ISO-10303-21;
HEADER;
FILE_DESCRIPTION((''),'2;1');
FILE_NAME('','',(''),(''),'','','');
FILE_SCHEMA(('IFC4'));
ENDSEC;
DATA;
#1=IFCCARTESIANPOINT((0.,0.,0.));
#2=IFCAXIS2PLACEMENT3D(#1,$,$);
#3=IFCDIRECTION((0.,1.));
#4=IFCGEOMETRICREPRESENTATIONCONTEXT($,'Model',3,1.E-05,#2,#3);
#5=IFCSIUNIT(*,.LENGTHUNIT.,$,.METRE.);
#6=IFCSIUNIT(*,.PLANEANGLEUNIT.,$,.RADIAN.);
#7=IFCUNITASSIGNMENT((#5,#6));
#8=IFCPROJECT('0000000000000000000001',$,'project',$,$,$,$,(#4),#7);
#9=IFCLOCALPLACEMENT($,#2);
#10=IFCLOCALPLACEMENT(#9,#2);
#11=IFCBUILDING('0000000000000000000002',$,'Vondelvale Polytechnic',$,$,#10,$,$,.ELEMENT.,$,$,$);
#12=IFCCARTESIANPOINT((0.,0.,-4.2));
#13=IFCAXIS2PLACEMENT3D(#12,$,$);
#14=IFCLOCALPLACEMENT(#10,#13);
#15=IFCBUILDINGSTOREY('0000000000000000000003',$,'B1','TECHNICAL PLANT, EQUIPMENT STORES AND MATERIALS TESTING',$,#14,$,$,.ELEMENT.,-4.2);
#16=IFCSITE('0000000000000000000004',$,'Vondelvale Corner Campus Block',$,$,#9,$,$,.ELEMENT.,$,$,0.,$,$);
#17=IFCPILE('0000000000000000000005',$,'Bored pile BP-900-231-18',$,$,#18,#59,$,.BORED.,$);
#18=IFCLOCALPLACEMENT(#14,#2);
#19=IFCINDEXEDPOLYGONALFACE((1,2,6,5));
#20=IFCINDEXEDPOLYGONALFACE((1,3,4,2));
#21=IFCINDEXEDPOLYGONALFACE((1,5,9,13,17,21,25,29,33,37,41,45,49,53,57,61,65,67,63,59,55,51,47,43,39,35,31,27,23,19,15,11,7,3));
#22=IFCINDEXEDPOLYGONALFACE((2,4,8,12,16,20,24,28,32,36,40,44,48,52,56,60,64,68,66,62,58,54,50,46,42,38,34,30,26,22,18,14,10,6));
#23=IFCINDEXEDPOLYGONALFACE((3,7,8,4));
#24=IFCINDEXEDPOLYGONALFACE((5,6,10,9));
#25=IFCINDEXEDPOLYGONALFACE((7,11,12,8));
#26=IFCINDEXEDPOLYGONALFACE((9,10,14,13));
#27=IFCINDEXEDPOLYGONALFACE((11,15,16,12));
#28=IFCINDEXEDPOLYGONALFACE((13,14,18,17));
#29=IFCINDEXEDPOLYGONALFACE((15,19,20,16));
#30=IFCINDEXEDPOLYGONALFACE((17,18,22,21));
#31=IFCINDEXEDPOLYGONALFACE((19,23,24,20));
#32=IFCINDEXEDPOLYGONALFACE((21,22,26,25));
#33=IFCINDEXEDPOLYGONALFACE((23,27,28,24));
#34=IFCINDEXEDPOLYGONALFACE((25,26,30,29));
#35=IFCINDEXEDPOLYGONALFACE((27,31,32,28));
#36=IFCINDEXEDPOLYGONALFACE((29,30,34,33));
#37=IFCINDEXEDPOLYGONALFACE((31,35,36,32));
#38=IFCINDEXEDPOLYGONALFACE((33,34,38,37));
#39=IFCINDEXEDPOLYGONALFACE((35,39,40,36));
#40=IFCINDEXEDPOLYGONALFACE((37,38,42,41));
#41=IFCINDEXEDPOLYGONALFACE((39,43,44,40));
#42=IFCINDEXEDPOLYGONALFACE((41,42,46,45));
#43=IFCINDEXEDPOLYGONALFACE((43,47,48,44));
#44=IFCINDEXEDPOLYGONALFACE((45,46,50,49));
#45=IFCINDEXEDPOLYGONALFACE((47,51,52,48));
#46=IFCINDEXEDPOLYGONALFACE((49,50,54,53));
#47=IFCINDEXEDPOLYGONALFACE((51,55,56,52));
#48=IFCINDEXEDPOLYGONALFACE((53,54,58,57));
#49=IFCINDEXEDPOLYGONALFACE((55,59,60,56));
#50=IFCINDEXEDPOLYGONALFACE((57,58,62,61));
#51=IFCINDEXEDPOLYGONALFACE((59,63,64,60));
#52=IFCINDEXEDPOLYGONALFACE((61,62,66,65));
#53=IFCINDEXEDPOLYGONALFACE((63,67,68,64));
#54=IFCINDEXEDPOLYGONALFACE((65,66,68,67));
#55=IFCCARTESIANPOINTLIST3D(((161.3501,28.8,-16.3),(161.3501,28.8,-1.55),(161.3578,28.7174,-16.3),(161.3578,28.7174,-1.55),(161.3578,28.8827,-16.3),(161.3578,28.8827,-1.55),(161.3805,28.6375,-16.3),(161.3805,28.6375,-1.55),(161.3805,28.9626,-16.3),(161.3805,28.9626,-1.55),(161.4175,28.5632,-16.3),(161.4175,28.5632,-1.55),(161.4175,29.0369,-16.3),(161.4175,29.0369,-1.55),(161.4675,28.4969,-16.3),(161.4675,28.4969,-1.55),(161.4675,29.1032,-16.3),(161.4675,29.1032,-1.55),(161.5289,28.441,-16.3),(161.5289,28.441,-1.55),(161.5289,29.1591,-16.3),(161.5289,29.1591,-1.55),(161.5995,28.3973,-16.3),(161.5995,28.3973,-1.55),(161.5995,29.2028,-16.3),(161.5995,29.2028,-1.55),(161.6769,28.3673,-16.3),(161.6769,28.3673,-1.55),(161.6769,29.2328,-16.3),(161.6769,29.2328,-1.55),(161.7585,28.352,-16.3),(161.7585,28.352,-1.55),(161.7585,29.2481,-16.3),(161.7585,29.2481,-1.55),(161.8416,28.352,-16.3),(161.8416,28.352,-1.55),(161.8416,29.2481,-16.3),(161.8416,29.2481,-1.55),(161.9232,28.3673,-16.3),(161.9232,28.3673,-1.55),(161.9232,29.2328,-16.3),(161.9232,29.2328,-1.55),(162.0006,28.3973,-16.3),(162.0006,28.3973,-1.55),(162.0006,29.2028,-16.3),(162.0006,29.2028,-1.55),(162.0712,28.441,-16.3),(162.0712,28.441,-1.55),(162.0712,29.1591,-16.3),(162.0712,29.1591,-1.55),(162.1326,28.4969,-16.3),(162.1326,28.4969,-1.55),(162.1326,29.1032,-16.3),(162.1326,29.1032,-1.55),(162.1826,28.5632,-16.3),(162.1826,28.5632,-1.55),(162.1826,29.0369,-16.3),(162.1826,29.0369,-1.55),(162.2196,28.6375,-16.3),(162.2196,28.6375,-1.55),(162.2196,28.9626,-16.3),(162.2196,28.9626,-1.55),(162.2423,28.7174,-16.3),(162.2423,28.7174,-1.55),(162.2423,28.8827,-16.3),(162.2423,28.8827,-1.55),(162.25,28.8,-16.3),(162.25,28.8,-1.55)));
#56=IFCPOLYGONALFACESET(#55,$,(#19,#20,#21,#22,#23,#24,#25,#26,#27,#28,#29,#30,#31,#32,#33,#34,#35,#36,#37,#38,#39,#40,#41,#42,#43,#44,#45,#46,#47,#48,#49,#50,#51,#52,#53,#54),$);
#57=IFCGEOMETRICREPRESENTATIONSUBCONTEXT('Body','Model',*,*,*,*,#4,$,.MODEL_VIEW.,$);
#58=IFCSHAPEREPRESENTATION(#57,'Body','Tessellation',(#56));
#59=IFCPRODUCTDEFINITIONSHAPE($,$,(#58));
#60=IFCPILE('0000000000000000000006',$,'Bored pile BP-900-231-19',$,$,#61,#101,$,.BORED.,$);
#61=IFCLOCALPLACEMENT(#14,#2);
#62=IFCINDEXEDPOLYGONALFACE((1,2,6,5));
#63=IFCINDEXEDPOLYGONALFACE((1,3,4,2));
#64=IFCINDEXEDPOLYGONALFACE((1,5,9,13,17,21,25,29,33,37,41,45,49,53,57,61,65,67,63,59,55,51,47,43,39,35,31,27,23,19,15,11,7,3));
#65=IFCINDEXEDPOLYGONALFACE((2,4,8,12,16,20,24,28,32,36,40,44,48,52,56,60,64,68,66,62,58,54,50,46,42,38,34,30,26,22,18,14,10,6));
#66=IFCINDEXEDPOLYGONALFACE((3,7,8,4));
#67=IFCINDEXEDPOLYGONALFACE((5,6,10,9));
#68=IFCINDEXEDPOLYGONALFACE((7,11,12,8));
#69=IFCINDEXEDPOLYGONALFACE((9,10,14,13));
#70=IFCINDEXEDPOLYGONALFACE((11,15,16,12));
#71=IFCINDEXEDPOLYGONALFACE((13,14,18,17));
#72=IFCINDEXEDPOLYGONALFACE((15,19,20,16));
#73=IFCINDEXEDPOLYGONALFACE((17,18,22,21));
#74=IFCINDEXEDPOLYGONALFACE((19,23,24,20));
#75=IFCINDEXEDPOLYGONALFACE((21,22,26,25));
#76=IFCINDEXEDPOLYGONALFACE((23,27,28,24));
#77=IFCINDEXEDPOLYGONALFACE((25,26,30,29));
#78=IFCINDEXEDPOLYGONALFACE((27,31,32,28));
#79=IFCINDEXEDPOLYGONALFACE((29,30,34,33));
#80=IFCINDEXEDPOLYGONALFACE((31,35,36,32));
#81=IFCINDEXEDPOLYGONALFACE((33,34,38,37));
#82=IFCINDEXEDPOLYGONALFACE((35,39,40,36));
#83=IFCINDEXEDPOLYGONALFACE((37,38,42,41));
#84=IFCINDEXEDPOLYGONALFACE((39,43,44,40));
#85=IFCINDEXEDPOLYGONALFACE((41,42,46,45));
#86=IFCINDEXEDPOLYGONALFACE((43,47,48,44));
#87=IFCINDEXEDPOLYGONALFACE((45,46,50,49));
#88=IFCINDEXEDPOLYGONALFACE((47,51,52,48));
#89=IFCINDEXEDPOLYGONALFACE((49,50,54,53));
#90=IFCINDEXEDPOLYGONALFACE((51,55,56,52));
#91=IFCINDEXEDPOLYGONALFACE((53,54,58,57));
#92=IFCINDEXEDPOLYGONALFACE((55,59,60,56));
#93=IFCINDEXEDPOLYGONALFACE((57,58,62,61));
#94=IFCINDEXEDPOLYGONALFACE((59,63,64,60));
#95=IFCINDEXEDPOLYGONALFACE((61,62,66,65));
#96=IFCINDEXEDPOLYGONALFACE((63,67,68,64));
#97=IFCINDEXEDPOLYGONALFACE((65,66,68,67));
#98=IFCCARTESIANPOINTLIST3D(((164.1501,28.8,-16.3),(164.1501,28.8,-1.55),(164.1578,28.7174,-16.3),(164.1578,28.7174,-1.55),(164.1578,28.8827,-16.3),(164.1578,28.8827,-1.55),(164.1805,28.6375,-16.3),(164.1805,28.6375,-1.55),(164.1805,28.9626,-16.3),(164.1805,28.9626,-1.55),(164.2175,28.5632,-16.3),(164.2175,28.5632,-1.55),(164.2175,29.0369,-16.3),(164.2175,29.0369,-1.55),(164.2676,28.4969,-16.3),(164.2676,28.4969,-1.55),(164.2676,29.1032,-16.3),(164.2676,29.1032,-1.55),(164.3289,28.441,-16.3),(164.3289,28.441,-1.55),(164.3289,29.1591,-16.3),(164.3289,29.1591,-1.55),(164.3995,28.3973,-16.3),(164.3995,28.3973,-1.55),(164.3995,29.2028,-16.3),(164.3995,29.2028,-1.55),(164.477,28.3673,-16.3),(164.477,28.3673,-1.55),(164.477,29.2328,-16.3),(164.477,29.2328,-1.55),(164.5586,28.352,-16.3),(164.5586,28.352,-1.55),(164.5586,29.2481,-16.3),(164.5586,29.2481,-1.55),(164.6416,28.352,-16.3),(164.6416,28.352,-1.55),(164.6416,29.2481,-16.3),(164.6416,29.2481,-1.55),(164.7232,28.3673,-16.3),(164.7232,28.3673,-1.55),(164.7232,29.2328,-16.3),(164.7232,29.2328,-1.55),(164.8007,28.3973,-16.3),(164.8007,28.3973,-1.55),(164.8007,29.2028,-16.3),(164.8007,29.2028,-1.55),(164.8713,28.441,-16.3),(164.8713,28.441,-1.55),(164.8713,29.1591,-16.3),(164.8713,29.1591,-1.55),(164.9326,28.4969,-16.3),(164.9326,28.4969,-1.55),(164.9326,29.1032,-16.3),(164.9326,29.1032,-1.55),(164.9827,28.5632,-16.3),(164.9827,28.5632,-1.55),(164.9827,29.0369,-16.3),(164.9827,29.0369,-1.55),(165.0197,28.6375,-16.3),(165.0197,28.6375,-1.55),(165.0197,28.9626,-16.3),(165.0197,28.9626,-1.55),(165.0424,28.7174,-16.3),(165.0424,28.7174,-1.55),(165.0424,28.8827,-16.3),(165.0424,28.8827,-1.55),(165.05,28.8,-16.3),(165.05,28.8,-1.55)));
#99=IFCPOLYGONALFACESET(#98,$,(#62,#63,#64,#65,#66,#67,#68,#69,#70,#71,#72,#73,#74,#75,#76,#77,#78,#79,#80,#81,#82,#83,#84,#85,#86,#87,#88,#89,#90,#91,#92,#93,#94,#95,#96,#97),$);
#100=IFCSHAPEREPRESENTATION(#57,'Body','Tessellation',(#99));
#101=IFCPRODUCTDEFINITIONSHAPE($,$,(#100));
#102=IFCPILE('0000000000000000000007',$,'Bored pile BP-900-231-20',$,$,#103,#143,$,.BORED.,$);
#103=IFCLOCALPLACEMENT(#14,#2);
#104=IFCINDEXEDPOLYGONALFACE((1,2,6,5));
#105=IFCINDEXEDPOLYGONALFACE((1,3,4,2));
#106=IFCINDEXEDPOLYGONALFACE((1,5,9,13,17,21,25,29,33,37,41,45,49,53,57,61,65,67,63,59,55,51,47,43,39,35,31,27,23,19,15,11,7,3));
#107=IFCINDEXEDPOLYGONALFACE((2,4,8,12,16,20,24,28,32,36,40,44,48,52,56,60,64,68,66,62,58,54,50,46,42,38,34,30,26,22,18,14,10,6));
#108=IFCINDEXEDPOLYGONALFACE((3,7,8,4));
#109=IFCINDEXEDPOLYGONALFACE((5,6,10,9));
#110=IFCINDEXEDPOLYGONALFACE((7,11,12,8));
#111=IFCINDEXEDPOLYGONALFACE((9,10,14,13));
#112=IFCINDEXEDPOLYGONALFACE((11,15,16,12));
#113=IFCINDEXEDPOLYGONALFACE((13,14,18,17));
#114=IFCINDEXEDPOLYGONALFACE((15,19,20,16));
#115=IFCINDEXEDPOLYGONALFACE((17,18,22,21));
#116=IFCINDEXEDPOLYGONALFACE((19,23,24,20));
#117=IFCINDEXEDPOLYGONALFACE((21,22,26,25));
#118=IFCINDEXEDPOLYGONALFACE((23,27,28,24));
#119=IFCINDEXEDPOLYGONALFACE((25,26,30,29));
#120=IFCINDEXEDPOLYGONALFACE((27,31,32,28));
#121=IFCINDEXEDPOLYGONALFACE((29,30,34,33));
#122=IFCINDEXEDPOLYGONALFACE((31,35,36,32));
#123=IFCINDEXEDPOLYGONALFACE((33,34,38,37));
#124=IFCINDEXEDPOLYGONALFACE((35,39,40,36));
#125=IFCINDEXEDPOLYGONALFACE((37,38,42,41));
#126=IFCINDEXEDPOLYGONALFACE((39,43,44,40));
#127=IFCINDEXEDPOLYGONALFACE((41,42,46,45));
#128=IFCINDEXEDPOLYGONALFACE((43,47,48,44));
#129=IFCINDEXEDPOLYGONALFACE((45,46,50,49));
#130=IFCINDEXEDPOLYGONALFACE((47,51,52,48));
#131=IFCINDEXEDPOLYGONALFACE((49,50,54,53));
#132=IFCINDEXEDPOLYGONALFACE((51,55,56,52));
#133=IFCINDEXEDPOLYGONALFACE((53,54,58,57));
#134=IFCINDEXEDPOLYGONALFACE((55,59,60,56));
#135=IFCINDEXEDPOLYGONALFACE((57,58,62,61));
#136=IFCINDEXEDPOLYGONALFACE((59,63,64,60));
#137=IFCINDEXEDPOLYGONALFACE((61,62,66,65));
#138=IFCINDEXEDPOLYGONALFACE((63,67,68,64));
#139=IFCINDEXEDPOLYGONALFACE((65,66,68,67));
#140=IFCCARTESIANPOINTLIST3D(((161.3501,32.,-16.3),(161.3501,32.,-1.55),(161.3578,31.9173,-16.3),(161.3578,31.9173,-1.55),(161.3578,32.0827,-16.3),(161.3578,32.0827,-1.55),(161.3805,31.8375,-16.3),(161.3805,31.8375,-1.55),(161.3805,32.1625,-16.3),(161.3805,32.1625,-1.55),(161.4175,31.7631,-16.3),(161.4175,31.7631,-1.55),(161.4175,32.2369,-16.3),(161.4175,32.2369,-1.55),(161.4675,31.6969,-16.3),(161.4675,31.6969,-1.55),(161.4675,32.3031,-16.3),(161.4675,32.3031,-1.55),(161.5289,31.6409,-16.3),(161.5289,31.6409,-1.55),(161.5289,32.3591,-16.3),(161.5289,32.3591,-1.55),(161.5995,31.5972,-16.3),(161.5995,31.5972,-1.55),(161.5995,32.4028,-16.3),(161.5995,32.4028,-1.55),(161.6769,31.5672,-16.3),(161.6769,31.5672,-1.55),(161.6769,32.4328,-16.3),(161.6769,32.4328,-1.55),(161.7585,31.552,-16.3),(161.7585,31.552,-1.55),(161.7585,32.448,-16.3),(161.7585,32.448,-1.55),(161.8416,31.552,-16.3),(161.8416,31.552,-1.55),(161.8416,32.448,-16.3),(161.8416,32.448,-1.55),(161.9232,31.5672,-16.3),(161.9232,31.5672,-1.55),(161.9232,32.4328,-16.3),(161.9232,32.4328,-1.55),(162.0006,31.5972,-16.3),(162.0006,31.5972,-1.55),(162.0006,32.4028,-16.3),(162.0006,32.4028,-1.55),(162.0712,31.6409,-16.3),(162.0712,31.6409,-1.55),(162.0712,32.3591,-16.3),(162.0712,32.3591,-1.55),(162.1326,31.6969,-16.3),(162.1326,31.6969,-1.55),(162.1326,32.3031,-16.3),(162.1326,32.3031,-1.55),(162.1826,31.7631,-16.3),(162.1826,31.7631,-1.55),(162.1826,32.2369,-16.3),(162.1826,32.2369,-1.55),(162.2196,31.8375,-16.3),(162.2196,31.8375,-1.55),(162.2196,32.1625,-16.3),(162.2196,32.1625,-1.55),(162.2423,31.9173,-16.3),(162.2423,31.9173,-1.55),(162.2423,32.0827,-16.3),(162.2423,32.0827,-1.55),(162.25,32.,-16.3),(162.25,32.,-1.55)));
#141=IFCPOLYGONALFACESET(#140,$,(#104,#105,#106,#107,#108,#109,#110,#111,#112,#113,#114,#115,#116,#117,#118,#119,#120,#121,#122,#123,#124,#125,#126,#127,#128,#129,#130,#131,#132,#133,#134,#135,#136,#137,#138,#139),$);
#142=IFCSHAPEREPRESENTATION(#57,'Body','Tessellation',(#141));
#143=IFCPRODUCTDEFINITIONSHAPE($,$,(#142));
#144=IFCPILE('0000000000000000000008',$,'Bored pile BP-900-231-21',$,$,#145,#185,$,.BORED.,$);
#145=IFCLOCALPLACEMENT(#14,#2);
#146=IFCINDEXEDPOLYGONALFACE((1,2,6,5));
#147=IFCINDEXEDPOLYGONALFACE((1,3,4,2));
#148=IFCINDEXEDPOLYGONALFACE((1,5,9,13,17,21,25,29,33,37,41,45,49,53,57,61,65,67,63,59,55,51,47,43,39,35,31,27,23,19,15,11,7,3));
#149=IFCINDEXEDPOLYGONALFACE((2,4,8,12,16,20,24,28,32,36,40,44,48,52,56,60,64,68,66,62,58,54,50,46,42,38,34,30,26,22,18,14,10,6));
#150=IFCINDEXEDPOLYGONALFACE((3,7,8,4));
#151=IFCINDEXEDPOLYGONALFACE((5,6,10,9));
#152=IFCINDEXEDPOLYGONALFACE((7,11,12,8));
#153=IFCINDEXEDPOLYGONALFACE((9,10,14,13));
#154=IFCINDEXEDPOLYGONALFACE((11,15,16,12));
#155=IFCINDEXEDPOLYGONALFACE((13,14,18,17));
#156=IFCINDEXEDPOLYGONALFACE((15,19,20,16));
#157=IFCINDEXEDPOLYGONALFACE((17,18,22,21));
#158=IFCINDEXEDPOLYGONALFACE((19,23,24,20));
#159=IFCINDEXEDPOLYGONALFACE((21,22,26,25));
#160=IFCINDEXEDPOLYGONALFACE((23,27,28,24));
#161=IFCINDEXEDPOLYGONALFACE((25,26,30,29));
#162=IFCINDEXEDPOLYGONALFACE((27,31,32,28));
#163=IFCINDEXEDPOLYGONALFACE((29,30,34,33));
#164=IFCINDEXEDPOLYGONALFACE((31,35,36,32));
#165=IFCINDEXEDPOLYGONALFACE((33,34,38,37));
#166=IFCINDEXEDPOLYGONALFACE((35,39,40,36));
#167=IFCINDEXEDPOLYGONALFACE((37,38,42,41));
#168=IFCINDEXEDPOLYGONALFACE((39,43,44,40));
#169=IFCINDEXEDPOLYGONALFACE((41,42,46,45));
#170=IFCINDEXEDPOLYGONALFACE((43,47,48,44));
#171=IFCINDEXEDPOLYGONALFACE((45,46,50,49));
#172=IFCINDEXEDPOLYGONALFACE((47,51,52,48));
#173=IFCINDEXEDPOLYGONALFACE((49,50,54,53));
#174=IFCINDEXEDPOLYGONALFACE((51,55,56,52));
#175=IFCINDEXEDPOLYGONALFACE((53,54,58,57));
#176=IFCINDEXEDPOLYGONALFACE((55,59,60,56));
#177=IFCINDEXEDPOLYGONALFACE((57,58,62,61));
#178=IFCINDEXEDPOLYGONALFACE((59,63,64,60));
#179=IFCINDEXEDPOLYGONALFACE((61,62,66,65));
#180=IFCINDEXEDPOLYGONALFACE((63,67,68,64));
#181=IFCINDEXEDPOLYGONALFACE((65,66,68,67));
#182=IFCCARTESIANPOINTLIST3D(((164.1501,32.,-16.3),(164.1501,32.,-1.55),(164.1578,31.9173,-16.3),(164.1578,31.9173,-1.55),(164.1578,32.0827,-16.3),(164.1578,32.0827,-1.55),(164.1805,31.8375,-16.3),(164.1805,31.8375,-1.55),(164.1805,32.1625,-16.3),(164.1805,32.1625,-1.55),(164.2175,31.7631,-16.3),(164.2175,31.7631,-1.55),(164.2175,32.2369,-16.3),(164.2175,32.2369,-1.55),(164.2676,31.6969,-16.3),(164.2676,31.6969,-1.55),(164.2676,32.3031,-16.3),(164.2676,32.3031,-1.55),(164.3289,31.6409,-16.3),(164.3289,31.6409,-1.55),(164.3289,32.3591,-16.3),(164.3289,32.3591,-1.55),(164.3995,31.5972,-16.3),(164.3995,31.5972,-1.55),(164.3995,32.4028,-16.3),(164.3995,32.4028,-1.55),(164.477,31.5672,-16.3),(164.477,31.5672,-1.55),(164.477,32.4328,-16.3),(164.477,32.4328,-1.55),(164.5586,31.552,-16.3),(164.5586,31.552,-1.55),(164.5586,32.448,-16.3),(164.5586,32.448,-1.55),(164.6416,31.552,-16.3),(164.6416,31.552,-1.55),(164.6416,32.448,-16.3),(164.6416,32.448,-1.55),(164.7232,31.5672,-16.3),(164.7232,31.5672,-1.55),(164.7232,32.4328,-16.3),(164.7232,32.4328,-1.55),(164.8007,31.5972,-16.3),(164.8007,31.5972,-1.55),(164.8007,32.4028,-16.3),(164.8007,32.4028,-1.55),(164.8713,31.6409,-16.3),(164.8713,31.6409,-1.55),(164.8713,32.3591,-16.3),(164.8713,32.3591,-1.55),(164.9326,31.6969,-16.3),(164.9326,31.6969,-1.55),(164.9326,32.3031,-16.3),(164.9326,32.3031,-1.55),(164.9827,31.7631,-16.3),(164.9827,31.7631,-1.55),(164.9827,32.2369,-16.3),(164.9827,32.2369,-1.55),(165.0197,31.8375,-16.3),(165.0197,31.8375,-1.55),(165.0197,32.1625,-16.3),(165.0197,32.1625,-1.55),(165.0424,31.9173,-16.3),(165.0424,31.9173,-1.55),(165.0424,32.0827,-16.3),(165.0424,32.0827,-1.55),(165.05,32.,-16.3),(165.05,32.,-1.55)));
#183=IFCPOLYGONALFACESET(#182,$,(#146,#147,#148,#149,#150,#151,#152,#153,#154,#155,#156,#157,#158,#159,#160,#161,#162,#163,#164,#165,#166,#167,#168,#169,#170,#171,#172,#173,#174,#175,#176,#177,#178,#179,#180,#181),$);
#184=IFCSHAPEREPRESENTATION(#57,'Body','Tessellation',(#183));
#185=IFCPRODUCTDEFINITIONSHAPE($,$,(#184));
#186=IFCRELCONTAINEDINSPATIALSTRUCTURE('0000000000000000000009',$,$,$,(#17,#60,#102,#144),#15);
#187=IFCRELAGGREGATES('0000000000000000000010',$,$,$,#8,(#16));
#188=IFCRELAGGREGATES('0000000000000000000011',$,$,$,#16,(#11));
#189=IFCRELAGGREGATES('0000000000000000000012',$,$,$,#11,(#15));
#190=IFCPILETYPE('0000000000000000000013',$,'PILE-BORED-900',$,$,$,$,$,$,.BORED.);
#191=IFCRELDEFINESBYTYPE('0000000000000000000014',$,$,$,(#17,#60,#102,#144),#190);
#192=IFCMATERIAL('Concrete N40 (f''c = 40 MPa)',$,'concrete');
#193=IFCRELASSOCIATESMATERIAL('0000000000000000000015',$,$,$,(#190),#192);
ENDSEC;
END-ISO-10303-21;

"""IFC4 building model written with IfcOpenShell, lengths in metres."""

from ifc_helpers import new_model, si_unit, direction, frame, origin, origin_2d, place, context, subcontext, project, spatial, circle, extrude, material, material_profile, profile_set, type_object, element, save


model = new_model("IFC4")

# Units and contexts
model_context = context("Model", 3, precision=1e-05, world=origin(), true_north=direction((0.0, 1.0)))
body_context = subcontext(model_context, "Body", "Model", "MODEL_VIEW")
ifc_project = project(units=[si_unit("LENGTHUNIT", "METRE"), si_unit("PLANEANGLEUNIT", "RADIAN")], contexts=[model_context])

# Site, building, storey
site_placement = place(None, origin())
site = spatial("IfcSite", under=ifc_project, at=site_placement, Name="Vondelvale Corner Campus Block", CompositionType="ELEMENT", RefElevation=0.0)
building_placement = place(site_placement, origin())
building = spatial("IfcBuilding", under=site, at=building_placement, Name="Vondelvale Polytechnic", CompositionType="ELEMENT")
storey_placement = place(building_placement, frame((0.0, 0.0, -4.2)))
storey = spatial("IfcBuildingStorey", under=building, at=storey_placement, Name="B1", Description="TECHNICAL PLANT, EQUIPMENT STORES AND MATERIALS TESTING", CompositionType="ELEMENT", Elevation=-4.2)

# Shared definitions
ifc_material_1 = material(Name="Concrete N40 (f'c = 40 MPa)", Category="concrete")

# Piles
ifc_material_profile_1 = material_profile(ifc_material_1, circle(Radius=0.45, at=origin_2d()), Name="PILE-D900")
ifc_profile_set_1 = profile_set([ifc_material_profile_1], Name="Concrete N40 (f'c = 40 MPa)")
pile_type = type_object("IfcPileType", Name="PILE-BORED-900", PredefinedType="BORED", material=ifc_profile_set_1)
for number, where, z_axis, x_axis, name in (
    (1, (161.8, 28.8, -1.55), (0.0, 0.0, -1.0), (1.0, 0.0, 0.0), "Bored pile BP-900-231-18"),
    (2, (164.6001, 28.8, -1.55), (0.0, 0.0, -1.0), (1.0, 0.0, 0.0), "Bored pile BP-900-231-19"),
    (3, (161.8, 32.0, -1.55), (0.0, 0.0, -1.0), (1.0, 0.0, 0.0), "Bored pile BP-900-231-20"),
    (4, (164.6001, 32.0, -1.55), (0.0, 0.0, -1.0), (1.0, 0.0, 0.0), "Bored pile BP-900-231-21"),
):
    element("IfcPile", number, at=place(storey_placement, frame(where, z_axis=z_axis, x_axis=x_axis)), inside=storey, type_object=pile_type, Name=name, PredefinedType="BORED", context=body_context, shape_type="SweptSolid", body=[
        extrude(circle(Radius=0.45, at=origin_2d()), origin(), (0.0, 0.0, 1.0), 14.75),
    ])

save(model, "model.ifc")
